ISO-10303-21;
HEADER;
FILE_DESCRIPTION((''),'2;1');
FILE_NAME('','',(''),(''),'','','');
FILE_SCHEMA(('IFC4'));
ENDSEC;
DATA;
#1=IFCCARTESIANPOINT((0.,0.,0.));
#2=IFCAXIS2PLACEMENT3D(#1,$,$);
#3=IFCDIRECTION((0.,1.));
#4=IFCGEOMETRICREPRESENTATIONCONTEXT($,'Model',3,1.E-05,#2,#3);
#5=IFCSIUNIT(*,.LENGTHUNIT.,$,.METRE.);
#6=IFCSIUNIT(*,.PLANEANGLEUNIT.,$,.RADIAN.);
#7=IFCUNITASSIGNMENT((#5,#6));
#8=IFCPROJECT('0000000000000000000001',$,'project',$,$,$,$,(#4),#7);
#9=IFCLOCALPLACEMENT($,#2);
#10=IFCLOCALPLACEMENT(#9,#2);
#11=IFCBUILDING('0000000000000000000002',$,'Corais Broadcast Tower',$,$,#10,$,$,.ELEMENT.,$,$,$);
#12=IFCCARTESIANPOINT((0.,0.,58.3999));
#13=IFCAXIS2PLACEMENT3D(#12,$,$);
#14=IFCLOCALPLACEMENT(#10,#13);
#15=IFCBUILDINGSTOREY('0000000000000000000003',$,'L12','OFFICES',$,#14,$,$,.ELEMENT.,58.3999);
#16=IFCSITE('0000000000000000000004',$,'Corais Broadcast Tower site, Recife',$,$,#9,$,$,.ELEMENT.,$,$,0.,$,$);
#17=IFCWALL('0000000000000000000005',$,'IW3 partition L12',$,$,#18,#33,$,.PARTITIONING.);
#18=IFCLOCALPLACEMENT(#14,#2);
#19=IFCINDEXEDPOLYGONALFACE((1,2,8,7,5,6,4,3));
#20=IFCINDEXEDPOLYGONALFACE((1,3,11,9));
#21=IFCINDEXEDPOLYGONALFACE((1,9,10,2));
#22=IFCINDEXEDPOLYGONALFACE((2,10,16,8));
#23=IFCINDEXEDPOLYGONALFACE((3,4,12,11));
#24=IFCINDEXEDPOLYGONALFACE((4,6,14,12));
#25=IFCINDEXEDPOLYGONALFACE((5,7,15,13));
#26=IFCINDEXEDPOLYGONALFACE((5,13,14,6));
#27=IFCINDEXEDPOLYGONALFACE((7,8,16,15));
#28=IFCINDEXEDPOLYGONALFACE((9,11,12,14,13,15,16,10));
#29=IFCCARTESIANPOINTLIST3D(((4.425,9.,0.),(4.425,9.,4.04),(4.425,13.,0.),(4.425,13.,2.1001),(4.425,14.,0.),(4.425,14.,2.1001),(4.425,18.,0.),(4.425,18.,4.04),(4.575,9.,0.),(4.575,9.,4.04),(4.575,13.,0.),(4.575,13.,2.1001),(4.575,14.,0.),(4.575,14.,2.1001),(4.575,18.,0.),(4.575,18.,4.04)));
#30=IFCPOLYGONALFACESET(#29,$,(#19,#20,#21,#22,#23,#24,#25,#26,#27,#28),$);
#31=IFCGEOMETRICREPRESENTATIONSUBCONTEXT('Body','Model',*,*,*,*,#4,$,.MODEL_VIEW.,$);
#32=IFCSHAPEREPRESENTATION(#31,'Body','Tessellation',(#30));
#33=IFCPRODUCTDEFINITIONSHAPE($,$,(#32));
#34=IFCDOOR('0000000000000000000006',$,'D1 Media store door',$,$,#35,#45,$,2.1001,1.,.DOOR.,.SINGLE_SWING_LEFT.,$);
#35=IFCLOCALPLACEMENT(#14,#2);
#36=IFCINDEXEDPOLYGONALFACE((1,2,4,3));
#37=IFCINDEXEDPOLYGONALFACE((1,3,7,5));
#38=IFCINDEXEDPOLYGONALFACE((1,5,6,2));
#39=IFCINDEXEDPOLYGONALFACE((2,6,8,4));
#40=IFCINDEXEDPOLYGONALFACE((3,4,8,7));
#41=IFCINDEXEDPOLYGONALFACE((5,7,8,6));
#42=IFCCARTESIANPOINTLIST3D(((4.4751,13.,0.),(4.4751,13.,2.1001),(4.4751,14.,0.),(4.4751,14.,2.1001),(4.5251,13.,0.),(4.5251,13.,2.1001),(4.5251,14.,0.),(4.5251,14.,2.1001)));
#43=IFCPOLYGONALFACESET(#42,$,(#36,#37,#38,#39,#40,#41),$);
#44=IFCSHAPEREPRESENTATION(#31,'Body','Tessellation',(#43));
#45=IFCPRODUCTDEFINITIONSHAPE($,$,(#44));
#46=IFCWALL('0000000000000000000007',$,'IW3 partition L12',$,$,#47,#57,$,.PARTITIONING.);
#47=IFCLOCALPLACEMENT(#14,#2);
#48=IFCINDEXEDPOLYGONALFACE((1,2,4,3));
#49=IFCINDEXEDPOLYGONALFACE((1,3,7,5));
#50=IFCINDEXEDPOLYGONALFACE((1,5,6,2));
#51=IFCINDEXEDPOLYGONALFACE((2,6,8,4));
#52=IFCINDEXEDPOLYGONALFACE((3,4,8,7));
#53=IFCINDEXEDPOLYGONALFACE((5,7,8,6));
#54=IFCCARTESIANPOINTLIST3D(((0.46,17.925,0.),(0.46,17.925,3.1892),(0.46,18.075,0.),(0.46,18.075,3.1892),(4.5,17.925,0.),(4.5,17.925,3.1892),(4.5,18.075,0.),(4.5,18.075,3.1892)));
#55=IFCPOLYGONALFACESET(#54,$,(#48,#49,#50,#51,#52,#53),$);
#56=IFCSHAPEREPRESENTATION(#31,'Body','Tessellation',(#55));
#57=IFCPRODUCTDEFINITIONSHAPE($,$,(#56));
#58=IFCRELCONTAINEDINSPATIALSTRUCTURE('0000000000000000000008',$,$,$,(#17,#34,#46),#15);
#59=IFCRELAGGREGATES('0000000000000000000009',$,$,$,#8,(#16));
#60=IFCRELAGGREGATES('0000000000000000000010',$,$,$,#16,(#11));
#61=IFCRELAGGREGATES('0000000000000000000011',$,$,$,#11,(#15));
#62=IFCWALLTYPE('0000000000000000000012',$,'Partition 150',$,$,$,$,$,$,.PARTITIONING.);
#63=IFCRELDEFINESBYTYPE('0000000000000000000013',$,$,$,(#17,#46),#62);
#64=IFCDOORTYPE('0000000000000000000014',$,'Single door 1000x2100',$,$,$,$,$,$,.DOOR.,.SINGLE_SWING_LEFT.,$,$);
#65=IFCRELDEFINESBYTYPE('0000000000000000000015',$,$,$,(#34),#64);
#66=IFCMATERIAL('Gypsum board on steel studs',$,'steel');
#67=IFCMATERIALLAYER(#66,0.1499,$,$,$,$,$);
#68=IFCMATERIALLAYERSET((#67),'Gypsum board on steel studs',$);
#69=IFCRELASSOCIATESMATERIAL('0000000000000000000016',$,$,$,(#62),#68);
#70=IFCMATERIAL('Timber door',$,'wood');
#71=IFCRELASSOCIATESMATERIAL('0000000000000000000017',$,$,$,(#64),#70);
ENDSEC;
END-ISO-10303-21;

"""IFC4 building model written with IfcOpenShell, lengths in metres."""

from ifc_helpers import new_model, si_unit, direction, frame, frame_2d, origin, place, context, subcontext, project, spatial, rectangle, extrude, material, layer, layer_set, type_object, element, fill, save


model = new_model("IFC4")

# Units and contexts
model_context = context("Model", 3, precision=1e-05, world=origin(), true_north=direction((0.0, 1.0)))
body_context = subcontext(model_context, "Body", "Model", "MODEL_VIEW")
ifc_project = project(units=[si_unit("LENGTHUNIT", "METRE"), si_unit("PLANEANGLEUNIT", "RADIAN")], contexts=[model_context])

# Site, building, storey
site_placement = place(None, origin())
site = spatial("IfcSite", under=ifc_project, at=site_placement, Name="Corais Broadcast Tower site, Recife", CompositionType="ELEMENT", RefElevation=0.0)
building_placement = place(site_placement, origin())
building = spatial("IfcBuilding", under=site, at=building_placement, Name="Corais Broadcast Tower", CompositionType="ELEMENT")
storey_placement = place(building_placement, frame((0.0, 0.0, 58.3999)))
storey = spatial("IfcBuildingStorey", under=building, at=storey_placement, Name="L12", Description="OFFICES", CompositionType="ELEMENT", Elevation=58.3999)

# Shared definitions
ifc_material_1 = material(Name="Gypsum board on steel studs", Category="steel")
ifc_layer_1 = layer(ifc_material_1, 0.1499)
ifc_layer_set_1 = layer_set([ifc_layer_1], Name="Gypsum board on steel studs")
wall_type = type_object("IfcWallType", Name="Partition 150", PredefinedType="PARTITIONING", material=ifc_layer_set_1)

# Wall, opening, door
wall_1_placement = place(storey_placement, frame((4.5, 9.0, 0.0), z_axis=(0.0, 0.0, 1.0), x_axis=(0.0, 1.0, 0.0)))
wall_1 = element("IfcWall", 1, at=wall_1_placement, inside=storey, type_object=wall_type, Name="IW3 partition L12", PredefinedType="PARTITIONING", context=body_context, shape_type="SweptSolid", body=[
    extrude(rectangle(XDim=9.0, YDim=0.1499, at=frame_2d((4.5, 0.0))), origin(), (0.0, 0.0, 1.0), 4.04),
])
opening_placement = place(wall_1_placement, frame((4.0, 0.0, 0.0)))
opening = element("IfcOpeningElement", 2, at=opening_placement, cuts=wall_1, PredefinedType="OPENING", context=body_context, shape_type="SweptSolid", body=[
    extrude(rectangle(XDim=1.0, YDim=2.1001, at=frame_2d((0.5, 1.05))), frame((0.0, 0.085, 0.0), z_axis=(0.0, -1.0, 0.0), x_axis=(1.0, 0.0, 0.0)), (0.0, 0.0, 1.0), 0.1699),
])
ifc_material_2 = material(Name="Timber door", Category="wood")
door_type = type_object("IfcDoorType", Name="Single door 1000x2100", OperationType="SINGLE_SWING_LEFT", PredefinedType="DOOR", material=ifc_material_2)
door_placement = place(opening_placement, origin())
door = element("IfcDoor", 3, at=door_placement, inside=storey, type_object=door_type, Name="D1 Media store door", OperationType="SINGLE_SWING_LEFT", OverallHeight=2.1001, OverallWidth=1.0, PredefinedType="DOOR", context=body_context, shape_type="SweptSolid", body=[
    extrude(rectangle(XDim=1.0, YDim=2.1001, at=frame_2d((0.5, 1.05))), frame((0.0, 0.0249, 0.0), z_axis=(0.0, -1.0, 0.0), x_axis=(1.0, 0.0, 0.0)), (0.0, 0.0, 1.0), 0.05),
])
fill(opening, door)

# Wall
wall_2_placement = place(storey_placement, frame((4.5, 18.0, 0.0), z_axis=(0.0, 0.0, 1.0), x_axis=(-1.0, 0.0, 0.0)))
element("IfcWall", 4, at=wall_2_placement, inside=storey, type_object=wall_type, Name="IW3 partition L12", PredefinedType="PARTITIONING", context=body_context, shape_type="SweptSolid", body=[
    extrude(rectangle(XDim=4.04, YDim=0.1499, at=frame_2d((2.02, 0.0))), origin(), (0.0, 0.0, 1.0), 3.1892),
])

save(model, "model.ifc")
